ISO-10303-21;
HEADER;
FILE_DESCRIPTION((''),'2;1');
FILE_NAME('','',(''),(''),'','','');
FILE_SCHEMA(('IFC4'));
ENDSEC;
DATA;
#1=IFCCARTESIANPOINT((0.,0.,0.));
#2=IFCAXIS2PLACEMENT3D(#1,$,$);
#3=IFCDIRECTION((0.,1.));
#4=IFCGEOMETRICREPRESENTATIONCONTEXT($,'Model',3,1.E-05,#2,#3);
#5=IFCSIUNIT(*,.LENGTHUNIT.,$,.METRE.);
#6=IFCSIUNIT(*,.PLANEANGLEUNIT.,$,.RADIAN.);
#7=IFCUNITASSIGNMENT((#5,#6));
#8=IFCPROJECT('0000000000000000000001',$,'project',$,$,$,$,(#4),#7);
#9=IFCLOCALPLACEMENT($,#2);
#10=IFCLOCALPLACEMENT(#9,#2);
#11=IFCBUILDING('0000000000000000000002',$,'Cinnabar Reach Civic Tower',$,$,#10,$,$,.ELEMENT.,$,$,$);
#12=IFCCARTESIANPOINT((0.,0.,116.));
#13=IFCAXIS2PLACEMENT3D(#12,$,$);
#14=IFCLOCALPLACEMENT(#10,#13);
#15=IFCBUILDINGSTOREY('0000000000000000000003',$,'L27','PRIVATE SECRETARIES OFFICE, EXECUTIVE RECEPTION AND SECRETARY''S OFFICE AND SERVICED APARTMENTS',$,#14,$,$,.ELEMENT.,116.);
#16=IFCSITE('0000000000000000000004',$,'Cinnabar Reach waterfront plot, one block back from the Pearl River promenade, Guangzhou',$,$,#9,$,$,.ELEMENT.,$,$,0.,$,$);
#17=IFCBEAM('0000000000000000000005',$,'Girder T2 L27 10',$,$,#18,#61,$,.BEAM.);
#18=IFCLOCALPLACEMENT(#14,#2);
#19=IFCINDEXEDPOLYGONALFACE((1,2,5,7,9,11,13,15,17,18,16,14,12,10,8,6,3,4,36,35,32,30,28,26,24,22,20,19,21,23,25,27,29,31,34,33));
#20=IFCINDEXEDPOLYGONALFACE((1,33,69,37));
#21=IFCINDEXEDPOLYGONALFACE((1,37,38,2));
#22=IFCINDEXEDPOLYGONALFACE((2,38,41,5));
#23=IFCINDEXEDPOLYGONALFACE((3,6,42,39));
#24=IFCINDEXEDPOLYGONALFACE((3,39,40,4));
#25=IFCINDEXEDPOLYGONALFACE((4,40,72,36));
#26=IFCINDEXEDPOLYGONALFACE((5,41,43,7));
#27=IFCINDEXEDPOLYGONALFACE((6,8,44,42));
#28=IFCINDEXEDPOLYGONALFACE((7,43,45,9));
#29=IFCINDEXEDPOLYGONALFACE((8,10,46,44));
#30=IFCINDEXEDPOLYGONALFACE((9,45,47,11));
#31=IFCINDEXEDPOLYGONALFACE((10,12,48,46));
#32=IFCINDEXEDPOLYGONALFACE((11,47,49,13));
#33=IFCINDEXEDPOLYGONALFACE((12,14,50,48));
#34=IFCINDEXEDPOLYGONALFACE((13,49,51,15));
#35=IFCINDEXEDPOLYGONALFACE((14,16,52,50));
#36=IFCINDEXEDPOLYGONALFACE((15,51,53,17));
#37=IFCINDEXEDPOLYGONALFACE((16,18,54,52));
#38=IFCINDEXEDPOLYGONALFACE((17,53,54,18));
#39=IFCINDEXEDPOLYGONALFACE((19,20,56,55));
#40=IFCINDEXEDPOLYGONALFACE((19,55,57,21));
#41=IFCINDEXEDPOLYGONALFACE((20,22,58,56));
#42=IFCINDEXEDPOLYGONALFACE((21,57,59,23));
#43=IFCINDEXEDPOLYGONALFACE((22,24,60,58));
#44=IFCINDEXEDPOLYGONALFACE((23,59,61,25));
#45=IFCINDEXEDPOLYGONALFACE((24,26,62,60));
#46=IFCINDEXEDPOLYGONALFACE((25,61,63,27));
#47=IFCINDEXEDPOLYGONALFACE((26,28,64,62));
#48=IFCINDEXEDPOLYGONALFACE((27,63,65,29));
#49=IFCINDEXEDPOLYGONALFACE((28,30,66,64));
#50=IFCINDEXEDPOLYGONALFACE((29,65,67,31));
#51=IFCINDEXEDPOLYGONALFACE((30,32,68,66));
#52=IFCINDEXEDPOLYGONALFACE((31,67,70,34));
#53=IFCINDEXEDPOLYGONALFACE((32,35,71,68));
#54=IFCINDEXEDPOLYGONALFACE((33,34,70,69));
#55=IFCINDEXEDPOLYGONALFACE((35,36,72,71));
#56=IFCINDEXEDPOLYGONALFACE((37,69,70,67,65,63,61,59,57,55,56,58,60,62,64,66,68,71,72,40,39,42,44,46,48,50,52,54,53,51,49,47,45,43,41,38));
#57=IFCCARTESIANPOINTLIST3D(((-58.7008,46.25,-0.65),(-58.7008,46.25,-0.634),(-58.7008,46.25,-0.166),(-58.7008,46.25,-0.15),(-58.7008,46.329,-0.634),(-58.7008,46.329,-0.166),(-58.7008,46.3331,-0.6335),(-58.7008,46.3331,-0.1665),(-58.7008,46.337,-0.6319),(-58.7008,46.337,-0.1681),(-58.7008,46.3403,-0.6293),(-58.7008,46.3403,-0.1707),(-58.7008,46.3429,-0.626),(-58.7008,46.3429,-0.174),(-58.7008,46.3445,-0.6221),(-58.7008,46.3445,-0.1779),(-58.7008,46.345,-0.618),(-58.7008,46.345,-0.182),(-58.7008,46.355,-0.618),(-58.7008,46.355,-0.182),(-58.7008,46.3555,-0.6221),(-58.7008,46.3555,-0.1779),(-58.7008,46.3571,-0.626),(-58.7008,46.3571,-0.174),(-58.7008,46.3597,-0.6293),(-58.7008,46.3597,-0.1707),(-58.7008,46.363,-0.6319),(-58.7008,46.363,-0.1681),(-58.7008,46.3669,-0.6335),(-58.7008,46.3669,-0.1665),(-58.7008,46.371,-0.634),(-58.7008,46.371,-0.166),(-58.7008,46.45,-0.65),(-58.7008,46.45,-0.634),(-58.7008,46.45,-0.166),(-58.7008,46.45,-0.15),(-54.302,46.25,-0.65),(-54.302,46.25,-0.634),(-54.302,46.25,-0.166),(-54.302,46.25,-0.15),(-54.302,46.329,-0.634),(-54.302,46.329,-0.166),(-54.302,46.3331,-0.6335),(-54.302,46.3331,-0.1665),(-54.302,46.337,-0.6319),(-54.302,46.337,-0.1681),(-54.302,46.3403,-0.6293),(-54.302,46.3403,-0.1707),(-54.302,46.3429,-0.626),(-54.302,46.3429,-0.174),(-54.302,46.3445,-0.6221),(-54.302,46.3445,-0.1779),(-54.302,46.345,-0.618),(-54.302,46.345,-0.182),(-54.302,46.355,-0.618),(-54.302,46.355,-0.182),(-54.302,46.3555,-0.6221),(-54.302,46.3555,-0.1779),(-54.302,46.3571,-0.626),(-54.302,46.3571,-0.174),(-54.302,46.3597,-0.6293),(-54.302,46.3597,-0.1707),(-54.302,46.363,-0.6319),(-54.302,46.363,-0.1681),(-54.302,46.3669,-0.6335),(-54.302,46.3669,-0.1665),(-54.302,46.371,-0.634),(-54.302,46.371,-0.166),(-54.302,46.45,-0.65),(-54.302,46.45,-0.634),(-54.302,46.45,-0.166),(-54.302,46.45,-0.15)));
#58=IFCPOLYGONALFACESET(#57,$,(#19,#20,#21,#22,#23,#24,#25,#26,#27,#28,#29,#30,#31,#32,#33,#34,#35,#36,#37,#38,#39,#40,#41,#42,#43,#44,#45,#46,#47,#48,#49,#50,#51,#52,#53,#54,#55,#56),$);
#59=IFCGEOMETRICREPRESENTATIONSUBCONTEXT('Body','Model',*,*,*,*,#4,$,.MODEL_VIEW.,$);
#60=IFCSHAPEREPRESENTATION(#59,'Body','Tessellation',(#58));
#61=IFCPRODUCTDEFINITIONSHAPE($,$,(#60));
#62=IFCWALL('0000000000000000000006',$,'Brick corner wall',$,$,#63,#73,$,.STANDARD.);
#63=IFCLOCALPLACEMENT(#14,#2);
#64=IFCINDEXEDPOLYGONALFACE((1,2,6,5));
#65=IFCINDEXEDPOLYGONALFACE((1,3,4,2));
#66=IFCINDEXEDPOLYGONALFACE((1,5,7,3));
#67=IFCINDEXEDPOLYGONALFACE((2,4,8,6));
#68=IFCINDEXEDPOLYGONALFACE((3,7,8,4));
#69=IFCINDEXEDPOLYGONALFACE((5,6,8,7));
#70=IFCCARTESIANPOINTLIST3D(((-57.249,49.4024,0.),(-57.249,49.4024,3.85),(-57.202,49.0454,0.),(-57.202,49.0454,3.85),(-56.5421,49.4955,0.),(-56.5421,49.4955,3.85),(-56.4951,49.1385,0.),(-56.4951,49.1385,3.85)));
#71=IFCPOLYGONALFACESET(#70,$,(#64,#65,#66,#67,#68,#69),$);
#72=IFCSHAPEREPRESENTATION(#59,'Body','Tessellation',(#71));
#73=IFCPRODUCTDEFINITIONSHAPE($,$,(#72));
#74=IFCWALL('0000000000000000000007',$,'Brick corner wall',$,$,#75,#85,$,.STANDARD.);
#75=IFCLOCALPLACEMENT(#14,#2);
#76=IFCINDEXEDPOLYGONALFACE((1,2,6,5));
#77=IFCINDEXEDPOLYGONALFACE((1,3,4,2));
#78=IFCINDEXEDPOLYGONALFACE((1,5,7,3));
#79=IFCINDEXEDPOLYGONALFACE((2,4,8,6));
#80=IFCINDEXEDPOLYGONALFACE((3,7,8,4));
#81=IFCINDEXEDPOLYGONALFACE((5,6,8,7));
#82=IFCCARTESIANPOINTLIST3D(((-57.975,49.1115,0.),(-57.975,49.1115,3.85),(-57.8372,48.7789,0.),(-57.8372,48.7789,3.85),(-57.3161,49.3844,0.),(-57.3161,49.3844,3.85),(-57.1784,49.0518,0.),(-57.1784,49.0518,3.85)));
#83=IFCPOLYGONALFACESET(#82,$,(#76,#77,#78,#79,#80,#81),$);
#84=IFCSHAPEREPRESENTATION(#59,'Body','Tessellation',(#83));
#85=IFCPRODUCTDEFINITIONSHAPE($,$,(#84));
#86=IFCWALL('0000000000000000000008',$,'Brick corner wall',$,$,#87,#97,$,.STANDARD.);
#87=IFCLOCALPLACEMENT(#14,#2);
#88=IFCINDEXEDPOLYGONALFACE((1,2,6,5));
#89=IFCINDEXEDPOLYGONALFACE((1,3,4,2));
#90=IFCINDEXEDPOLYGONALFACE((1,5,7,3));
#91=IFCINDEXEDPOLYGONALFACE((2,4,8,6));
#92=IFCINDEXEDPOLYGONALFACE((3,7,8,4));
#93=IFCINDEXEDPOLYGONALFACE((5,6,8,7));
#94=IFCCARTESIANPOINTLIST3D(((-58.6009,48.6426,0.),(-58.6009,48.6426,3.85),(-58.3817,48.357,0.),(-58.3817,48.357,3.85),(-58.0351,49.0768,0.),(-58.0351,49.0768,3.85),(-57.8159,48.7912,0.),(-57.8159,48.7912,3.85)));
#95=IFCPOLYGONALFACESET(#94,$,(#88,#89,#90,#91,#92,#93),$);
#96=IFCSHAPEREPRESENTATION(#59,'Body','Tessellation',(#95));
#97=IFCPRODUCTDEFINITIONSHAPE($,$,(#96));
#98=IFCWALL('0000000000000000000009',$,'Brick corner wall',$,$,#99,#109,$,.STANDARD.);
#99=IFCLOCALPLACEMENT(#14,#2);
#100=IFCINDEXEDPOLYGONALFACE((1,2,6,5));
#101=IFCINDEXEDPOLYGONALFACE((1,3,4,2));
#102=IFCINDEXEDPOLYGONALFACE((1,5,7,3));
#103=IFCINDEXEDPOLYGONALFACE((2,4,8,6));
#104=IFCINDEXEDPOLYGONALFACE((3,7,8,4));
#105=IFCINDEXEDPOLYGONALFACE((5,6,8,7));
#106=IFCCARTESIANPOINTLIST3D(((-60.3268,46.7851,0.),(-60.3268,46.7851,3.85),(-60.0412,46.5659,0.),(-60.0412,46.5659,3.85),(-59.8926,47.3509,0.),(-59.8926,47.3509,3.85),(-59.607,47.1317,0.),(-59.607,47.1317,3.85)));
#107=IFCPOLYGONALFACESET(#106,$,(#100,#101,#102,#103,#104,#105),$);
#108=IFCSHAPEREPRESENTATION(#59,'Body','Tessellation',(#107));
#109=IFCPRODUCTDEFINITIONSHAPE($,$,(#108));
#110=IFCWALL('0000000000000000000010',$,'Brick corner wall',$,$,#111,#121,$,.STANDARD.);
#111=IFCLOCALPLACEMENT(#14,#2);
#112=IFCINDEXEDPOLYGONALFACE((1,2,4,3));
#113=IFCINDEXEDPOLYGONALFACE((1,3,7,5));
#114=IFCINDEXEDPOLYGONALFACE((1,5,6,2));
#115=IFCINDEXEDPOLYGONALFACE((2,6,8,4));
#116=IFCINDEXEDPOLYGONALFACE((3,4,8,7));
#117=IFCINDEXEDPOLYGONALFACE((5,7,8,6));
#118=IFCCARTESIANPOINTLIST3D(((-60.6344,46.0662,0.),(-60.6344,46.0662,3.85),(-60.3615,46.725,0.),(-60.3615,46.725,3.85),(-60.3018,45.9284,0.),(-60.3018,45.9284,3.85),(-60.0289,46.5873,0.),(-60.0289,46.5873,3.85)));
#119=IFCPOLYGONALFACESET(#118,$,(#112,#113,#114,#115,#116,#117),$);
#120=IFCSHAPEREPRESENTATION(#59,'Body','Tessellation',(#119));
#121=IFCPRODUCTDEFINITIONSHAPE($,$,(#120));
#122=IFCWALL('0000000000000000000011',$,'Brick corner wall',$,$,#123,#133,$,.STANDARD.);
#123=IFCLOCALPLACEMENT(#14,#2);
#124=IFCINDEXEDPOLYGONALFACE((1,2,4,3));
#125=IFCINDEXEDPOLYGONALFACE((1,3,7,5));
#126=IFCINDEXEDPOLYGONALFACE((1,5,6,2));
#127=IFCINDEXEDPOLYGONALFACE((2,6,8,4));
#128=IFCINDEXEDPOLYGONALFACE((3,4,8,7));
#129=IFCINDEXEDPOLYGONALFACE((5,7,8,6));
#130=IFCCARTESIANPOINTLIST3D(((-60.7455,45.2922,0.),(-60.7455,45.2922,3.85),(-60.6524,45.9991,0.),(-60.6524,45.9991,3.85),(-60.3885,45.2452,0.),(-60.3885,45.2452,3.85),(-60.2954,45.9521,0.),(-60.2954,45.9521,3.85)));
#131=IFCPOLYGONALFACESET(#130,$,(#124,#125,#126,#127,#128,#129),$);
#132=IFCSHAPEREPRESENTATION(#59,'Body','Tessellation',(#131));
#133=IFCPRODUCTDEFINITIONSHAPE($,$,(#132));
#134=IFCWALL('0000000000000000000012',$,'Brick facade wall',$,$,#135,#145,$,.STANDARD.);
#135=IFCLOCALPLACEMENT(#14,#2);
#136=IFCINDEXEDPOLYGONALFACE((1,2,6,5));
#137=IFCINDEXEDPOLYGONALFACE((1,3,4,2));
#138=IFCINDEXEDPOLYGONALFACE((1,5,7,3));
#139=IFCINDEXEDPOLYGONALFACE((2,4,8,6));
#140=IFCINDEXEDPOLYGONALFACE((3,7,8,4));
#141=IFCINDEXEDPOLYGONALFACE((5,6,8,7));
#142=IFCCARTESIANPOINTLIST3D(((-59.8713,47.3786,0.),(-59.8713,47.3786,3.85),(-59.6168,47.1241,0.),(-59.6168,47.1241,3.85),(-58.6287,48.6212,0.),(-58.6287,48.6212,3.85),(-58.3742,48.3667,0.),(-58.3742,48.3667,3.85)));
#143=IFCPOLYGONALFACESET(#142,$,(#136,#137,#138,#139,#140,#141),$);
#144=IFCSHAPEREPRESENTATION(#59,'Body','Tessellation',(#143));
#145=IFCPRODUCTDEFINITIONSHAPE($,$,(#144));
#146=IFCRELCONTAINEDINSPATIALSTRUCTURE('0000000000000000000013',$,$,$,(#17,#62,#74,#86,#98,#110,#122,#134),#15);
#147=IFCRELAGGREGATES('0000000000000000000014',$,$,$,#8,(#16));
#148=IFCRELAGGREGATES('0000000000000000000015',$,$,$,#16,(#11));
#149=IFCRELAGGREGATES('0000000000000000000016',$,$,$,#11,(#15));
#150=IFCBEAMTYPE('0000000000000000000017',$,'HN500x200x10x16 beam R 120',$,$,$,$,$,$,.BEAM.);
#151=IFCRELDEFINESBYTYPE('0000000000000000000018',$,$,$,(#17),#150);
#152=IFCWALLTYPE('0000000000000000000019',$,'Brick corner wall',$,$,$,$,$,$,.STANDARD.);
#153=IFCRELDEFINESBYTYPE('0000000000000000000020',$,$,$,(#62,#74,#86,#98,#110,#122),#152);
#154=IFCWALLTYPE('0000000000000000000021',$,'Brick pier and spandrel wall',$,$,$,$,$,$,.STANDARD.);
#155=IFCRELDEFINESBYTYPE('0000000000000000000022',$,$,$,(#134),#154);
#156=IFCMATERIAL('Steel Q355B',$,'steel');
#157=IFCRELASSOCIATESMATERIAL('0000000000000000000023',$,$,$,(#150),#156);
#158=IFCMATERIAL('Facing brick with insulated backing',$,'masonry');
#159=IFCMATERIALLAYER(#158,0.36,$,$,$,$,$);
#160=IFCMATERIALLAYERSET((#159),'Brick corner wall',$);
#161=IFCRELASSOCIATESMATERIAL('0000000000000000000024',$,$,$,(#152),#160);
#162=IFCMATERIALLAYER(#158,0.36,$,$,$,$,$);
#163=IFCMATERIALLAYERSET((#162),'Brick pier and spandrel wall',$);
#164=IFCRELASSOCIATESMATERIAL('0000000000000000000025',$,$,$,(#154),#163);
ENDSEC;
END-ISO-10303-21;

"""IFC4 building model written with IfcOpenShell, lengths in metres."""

from ifc_helpers import new_model, si_unit, direction, frame, frame_2d, origin, origin_2d, place, context, subcontext, project, spatial, rectangle, i_section, extrude, material, layer, layer_set, material_profile, profile_set, type_object, element, save


model = new_model("IFC4")

# Units and contexts
model_context = context("Model", 3, precision=1e-05, world=origin(), true_north=direction((0.0, 1.0)))
body_context = subcontext(model_context, "Body", "Model", "MODEL_VIEW")
ifc_project = project(units=[si_unit("LENGTHUNIT", "METRE"), si_unit("PLANEANGLEUNIT", "RADIAN")], contexts=[model_context])

# Site, building, storey
site_placement = place(None, origin())
site = spatial("IfcSite", under=ifc_project, at=site_placement, Name="Cinnabar Reach waterfront plot, one block back from the Pearl River promenade, Guangzhou", CompositionType="ELEMENT", RefElevation=0.0)
building_placement = place(site_placement, origin())
building = spatial("IfcBuilding", under=site, at=building_placement, Name="Cinnabar Reach Civic Tower", CompositionType="ELEMENT")
storey_placement = place(building_placement, frame((0.0, 0.0, 116.0)))
storey = spatial("IfcBuildingStorey", under=building, at=storey_placement, Name="L27", Description="PRIVATE SECRETARIES OFFICE, EXECUTIVE RECEPTION AND SECRETARY'S OFFICE AND SERVICED APARTMENTS", CompositionType="ELEMENT", Elevation=116.0)

# Beam
ifc_material_1 = material(Name="Steel Q355B", Category="steel")
ifc_material_profile_1 = material_profile(ifc_material_1, i_section(OverallWidth=0.2, OverallDepth=0.5, WebThickness=0.01, FlangeThickness=0.016, FilletRadius=0.016, at=origin_2d()), Name="HN500x200x10x16")
ifc_profile_set_1 = profile_set([ifc_material_profile_1], Name="Steel Q355B")
beam_type_1 = type_object("IfcBeamType", Name="HN500x200x10x16 beam R 120", PredefinedType="BEAM", material=ifc_profile_set_1)
beam_1_placement = place(storey_placement, frame((-58.7008, 46.35, -0.4), z_axis=(1.0, 0.0, 0.0), x_axis=(0.0, 1.0, 0.0)))
element("IfcBeam", 1, at=beam_1_placement, inside=storey, type_object=beam_type_1, Name="Girder T2 L27 10", PredefinedType="BEAM", context=body_context, shape_type="SweptSolid", body=[
    extrude(i_section(OverallWidth=0.2, OverallDepth=0.5, WebThickness=0.01, FlangeThickness=0.016, FilletRadius=0.016, at=origin_2d()), origin(), (0.0, 0.0, 1.0), 4.3988),
])

# Walls
ifc_material_2 = material(Name="Facing brick with insulated backing", Category="masonry")
ifc_layer_1 = layer(ifc_material_2, 0.36)
ifc_layer_set_1 = layer_set([ifc_layer_1], Name="Brick corner wall")
wall_type_1 = type_object("IfcWallType", Name="Brick corner wall", PredefinedType="STANDARD", material=ifc_layer_set_1)
for number, where, z_axis, x_axis, name in (
    (2, (-56.5186, 49.317, 0.0), (0.0, 0.0, 1.0), (-0.991441, -0.130556, 0.0), "Brick corner wall"),
    (3, (-57.2473, 49.2181, 0.0), (0.0, 0.0, 1.0), (-0.923872, -0.382703, 0.0), "Brick corner wall"),
):
    element("IfcWall", number, at=place(storey_placement, frame(where, z_axis=z_axis, x_axis=x_axis)), inside=storey, type_object=wall_type_1, Name=name, PredefinedType="STANDARD", context=body_context, shape_type="SweptSolid", body=[
        extrude(rectangle(XDim=0.7131, YDim=0.36, at=frame_2d((0.3565, 0.0))), origin(), (0.0, 0.0, 1.0), 3.85),
    ])
for number, where, z_axis, x_axis, name in (
    (4, (-57.9255, 48.934, 0.0), (0.0, 0.0, 1.0), (-0.793322, -0.608802, 0.0), "Brick corner wall"),
    (5, (-59.7498, 47.2413, 0.0), (0.0, 0.0, 1.0), (-0.608802, -0.793322, 0.0), "Brick corner wall"),
):
    element("IfcWall", number, at=place(storey_placement, frame(where, z_axis=z_axis, x_axis=x_axis)), inside=storey, type_object=wall_type_1, Name=name, PredefinedType="STANDARD", context=body_context, shape_type="SweptSolid", body=[
        extrude(rectangle(XDim=0.7132, YDim=0.36, at=frame_2d((0.3566, 0.0))), origin(), (0.0, 0.0, 1.0), 3.85),
    ])
for number, where, z_axis, x_axis, name in (
    (6, (-60.1952, 46.6561, 0.0), (0.0, 0.0, 1.0), (-0.382703, -0.923872, 0.0), "Brick corner wall"),
    (7, (-60.4739, 45.9756, 0.0), (0.0, 0.0, 1.0), (-0.130556, -0.991441, 0.0), "Brick corner wall"),
):
    element("IfcWall", number, at=place(storey_placement, frame(where, z_axis=z_axis, x_axis=x_axis)), inside=storey, type_object=wall_type_1, Name=name, PredefinedType="STANDARD", context=body_context, shape_type="SweptSolid", body=[
        extrude(rectangle(XDim=0.7131, YDim=0.36, at=frame_2d((0.3565, 0.0))), origin(), (0.0, 0.0, 1.0), 3.85),
    ])
ifc_layer_2 = layer(ifc_material_2, 0.36)
ifc_layer_set_2 = layer_set([ifc_layer_2], Name="Brick pier and spandrel wall")
wall_type_2 = type_object("IfcWallType", Name="Brick pier and spandrel wall", PredefinedType="STANDARD", material=ifc_layer_set_2)
wall_1_placement = place(storey_placement, frame((-58.5014, 48.494, 0.0), z_axis=(0.0, 0.0, 1.0), x_axis=(-0.707107, -0.707107, 0.0)))
element("IfcWall", 8, at=wall_1_placement, inside=storey, type_object=wall_type_2, Name="Brick facade wall", PredefinedType="STANDARD", context=body_context, shape_type="SweptSolid", body=[
    extrude(rectangle(XDim=1.7573, YDim=0.36, at=frame_2d((0.8787, 0.0))), origin(), (0.0, 0.0, 1.0), 3.85),
])

save(model, "model.ifc")
